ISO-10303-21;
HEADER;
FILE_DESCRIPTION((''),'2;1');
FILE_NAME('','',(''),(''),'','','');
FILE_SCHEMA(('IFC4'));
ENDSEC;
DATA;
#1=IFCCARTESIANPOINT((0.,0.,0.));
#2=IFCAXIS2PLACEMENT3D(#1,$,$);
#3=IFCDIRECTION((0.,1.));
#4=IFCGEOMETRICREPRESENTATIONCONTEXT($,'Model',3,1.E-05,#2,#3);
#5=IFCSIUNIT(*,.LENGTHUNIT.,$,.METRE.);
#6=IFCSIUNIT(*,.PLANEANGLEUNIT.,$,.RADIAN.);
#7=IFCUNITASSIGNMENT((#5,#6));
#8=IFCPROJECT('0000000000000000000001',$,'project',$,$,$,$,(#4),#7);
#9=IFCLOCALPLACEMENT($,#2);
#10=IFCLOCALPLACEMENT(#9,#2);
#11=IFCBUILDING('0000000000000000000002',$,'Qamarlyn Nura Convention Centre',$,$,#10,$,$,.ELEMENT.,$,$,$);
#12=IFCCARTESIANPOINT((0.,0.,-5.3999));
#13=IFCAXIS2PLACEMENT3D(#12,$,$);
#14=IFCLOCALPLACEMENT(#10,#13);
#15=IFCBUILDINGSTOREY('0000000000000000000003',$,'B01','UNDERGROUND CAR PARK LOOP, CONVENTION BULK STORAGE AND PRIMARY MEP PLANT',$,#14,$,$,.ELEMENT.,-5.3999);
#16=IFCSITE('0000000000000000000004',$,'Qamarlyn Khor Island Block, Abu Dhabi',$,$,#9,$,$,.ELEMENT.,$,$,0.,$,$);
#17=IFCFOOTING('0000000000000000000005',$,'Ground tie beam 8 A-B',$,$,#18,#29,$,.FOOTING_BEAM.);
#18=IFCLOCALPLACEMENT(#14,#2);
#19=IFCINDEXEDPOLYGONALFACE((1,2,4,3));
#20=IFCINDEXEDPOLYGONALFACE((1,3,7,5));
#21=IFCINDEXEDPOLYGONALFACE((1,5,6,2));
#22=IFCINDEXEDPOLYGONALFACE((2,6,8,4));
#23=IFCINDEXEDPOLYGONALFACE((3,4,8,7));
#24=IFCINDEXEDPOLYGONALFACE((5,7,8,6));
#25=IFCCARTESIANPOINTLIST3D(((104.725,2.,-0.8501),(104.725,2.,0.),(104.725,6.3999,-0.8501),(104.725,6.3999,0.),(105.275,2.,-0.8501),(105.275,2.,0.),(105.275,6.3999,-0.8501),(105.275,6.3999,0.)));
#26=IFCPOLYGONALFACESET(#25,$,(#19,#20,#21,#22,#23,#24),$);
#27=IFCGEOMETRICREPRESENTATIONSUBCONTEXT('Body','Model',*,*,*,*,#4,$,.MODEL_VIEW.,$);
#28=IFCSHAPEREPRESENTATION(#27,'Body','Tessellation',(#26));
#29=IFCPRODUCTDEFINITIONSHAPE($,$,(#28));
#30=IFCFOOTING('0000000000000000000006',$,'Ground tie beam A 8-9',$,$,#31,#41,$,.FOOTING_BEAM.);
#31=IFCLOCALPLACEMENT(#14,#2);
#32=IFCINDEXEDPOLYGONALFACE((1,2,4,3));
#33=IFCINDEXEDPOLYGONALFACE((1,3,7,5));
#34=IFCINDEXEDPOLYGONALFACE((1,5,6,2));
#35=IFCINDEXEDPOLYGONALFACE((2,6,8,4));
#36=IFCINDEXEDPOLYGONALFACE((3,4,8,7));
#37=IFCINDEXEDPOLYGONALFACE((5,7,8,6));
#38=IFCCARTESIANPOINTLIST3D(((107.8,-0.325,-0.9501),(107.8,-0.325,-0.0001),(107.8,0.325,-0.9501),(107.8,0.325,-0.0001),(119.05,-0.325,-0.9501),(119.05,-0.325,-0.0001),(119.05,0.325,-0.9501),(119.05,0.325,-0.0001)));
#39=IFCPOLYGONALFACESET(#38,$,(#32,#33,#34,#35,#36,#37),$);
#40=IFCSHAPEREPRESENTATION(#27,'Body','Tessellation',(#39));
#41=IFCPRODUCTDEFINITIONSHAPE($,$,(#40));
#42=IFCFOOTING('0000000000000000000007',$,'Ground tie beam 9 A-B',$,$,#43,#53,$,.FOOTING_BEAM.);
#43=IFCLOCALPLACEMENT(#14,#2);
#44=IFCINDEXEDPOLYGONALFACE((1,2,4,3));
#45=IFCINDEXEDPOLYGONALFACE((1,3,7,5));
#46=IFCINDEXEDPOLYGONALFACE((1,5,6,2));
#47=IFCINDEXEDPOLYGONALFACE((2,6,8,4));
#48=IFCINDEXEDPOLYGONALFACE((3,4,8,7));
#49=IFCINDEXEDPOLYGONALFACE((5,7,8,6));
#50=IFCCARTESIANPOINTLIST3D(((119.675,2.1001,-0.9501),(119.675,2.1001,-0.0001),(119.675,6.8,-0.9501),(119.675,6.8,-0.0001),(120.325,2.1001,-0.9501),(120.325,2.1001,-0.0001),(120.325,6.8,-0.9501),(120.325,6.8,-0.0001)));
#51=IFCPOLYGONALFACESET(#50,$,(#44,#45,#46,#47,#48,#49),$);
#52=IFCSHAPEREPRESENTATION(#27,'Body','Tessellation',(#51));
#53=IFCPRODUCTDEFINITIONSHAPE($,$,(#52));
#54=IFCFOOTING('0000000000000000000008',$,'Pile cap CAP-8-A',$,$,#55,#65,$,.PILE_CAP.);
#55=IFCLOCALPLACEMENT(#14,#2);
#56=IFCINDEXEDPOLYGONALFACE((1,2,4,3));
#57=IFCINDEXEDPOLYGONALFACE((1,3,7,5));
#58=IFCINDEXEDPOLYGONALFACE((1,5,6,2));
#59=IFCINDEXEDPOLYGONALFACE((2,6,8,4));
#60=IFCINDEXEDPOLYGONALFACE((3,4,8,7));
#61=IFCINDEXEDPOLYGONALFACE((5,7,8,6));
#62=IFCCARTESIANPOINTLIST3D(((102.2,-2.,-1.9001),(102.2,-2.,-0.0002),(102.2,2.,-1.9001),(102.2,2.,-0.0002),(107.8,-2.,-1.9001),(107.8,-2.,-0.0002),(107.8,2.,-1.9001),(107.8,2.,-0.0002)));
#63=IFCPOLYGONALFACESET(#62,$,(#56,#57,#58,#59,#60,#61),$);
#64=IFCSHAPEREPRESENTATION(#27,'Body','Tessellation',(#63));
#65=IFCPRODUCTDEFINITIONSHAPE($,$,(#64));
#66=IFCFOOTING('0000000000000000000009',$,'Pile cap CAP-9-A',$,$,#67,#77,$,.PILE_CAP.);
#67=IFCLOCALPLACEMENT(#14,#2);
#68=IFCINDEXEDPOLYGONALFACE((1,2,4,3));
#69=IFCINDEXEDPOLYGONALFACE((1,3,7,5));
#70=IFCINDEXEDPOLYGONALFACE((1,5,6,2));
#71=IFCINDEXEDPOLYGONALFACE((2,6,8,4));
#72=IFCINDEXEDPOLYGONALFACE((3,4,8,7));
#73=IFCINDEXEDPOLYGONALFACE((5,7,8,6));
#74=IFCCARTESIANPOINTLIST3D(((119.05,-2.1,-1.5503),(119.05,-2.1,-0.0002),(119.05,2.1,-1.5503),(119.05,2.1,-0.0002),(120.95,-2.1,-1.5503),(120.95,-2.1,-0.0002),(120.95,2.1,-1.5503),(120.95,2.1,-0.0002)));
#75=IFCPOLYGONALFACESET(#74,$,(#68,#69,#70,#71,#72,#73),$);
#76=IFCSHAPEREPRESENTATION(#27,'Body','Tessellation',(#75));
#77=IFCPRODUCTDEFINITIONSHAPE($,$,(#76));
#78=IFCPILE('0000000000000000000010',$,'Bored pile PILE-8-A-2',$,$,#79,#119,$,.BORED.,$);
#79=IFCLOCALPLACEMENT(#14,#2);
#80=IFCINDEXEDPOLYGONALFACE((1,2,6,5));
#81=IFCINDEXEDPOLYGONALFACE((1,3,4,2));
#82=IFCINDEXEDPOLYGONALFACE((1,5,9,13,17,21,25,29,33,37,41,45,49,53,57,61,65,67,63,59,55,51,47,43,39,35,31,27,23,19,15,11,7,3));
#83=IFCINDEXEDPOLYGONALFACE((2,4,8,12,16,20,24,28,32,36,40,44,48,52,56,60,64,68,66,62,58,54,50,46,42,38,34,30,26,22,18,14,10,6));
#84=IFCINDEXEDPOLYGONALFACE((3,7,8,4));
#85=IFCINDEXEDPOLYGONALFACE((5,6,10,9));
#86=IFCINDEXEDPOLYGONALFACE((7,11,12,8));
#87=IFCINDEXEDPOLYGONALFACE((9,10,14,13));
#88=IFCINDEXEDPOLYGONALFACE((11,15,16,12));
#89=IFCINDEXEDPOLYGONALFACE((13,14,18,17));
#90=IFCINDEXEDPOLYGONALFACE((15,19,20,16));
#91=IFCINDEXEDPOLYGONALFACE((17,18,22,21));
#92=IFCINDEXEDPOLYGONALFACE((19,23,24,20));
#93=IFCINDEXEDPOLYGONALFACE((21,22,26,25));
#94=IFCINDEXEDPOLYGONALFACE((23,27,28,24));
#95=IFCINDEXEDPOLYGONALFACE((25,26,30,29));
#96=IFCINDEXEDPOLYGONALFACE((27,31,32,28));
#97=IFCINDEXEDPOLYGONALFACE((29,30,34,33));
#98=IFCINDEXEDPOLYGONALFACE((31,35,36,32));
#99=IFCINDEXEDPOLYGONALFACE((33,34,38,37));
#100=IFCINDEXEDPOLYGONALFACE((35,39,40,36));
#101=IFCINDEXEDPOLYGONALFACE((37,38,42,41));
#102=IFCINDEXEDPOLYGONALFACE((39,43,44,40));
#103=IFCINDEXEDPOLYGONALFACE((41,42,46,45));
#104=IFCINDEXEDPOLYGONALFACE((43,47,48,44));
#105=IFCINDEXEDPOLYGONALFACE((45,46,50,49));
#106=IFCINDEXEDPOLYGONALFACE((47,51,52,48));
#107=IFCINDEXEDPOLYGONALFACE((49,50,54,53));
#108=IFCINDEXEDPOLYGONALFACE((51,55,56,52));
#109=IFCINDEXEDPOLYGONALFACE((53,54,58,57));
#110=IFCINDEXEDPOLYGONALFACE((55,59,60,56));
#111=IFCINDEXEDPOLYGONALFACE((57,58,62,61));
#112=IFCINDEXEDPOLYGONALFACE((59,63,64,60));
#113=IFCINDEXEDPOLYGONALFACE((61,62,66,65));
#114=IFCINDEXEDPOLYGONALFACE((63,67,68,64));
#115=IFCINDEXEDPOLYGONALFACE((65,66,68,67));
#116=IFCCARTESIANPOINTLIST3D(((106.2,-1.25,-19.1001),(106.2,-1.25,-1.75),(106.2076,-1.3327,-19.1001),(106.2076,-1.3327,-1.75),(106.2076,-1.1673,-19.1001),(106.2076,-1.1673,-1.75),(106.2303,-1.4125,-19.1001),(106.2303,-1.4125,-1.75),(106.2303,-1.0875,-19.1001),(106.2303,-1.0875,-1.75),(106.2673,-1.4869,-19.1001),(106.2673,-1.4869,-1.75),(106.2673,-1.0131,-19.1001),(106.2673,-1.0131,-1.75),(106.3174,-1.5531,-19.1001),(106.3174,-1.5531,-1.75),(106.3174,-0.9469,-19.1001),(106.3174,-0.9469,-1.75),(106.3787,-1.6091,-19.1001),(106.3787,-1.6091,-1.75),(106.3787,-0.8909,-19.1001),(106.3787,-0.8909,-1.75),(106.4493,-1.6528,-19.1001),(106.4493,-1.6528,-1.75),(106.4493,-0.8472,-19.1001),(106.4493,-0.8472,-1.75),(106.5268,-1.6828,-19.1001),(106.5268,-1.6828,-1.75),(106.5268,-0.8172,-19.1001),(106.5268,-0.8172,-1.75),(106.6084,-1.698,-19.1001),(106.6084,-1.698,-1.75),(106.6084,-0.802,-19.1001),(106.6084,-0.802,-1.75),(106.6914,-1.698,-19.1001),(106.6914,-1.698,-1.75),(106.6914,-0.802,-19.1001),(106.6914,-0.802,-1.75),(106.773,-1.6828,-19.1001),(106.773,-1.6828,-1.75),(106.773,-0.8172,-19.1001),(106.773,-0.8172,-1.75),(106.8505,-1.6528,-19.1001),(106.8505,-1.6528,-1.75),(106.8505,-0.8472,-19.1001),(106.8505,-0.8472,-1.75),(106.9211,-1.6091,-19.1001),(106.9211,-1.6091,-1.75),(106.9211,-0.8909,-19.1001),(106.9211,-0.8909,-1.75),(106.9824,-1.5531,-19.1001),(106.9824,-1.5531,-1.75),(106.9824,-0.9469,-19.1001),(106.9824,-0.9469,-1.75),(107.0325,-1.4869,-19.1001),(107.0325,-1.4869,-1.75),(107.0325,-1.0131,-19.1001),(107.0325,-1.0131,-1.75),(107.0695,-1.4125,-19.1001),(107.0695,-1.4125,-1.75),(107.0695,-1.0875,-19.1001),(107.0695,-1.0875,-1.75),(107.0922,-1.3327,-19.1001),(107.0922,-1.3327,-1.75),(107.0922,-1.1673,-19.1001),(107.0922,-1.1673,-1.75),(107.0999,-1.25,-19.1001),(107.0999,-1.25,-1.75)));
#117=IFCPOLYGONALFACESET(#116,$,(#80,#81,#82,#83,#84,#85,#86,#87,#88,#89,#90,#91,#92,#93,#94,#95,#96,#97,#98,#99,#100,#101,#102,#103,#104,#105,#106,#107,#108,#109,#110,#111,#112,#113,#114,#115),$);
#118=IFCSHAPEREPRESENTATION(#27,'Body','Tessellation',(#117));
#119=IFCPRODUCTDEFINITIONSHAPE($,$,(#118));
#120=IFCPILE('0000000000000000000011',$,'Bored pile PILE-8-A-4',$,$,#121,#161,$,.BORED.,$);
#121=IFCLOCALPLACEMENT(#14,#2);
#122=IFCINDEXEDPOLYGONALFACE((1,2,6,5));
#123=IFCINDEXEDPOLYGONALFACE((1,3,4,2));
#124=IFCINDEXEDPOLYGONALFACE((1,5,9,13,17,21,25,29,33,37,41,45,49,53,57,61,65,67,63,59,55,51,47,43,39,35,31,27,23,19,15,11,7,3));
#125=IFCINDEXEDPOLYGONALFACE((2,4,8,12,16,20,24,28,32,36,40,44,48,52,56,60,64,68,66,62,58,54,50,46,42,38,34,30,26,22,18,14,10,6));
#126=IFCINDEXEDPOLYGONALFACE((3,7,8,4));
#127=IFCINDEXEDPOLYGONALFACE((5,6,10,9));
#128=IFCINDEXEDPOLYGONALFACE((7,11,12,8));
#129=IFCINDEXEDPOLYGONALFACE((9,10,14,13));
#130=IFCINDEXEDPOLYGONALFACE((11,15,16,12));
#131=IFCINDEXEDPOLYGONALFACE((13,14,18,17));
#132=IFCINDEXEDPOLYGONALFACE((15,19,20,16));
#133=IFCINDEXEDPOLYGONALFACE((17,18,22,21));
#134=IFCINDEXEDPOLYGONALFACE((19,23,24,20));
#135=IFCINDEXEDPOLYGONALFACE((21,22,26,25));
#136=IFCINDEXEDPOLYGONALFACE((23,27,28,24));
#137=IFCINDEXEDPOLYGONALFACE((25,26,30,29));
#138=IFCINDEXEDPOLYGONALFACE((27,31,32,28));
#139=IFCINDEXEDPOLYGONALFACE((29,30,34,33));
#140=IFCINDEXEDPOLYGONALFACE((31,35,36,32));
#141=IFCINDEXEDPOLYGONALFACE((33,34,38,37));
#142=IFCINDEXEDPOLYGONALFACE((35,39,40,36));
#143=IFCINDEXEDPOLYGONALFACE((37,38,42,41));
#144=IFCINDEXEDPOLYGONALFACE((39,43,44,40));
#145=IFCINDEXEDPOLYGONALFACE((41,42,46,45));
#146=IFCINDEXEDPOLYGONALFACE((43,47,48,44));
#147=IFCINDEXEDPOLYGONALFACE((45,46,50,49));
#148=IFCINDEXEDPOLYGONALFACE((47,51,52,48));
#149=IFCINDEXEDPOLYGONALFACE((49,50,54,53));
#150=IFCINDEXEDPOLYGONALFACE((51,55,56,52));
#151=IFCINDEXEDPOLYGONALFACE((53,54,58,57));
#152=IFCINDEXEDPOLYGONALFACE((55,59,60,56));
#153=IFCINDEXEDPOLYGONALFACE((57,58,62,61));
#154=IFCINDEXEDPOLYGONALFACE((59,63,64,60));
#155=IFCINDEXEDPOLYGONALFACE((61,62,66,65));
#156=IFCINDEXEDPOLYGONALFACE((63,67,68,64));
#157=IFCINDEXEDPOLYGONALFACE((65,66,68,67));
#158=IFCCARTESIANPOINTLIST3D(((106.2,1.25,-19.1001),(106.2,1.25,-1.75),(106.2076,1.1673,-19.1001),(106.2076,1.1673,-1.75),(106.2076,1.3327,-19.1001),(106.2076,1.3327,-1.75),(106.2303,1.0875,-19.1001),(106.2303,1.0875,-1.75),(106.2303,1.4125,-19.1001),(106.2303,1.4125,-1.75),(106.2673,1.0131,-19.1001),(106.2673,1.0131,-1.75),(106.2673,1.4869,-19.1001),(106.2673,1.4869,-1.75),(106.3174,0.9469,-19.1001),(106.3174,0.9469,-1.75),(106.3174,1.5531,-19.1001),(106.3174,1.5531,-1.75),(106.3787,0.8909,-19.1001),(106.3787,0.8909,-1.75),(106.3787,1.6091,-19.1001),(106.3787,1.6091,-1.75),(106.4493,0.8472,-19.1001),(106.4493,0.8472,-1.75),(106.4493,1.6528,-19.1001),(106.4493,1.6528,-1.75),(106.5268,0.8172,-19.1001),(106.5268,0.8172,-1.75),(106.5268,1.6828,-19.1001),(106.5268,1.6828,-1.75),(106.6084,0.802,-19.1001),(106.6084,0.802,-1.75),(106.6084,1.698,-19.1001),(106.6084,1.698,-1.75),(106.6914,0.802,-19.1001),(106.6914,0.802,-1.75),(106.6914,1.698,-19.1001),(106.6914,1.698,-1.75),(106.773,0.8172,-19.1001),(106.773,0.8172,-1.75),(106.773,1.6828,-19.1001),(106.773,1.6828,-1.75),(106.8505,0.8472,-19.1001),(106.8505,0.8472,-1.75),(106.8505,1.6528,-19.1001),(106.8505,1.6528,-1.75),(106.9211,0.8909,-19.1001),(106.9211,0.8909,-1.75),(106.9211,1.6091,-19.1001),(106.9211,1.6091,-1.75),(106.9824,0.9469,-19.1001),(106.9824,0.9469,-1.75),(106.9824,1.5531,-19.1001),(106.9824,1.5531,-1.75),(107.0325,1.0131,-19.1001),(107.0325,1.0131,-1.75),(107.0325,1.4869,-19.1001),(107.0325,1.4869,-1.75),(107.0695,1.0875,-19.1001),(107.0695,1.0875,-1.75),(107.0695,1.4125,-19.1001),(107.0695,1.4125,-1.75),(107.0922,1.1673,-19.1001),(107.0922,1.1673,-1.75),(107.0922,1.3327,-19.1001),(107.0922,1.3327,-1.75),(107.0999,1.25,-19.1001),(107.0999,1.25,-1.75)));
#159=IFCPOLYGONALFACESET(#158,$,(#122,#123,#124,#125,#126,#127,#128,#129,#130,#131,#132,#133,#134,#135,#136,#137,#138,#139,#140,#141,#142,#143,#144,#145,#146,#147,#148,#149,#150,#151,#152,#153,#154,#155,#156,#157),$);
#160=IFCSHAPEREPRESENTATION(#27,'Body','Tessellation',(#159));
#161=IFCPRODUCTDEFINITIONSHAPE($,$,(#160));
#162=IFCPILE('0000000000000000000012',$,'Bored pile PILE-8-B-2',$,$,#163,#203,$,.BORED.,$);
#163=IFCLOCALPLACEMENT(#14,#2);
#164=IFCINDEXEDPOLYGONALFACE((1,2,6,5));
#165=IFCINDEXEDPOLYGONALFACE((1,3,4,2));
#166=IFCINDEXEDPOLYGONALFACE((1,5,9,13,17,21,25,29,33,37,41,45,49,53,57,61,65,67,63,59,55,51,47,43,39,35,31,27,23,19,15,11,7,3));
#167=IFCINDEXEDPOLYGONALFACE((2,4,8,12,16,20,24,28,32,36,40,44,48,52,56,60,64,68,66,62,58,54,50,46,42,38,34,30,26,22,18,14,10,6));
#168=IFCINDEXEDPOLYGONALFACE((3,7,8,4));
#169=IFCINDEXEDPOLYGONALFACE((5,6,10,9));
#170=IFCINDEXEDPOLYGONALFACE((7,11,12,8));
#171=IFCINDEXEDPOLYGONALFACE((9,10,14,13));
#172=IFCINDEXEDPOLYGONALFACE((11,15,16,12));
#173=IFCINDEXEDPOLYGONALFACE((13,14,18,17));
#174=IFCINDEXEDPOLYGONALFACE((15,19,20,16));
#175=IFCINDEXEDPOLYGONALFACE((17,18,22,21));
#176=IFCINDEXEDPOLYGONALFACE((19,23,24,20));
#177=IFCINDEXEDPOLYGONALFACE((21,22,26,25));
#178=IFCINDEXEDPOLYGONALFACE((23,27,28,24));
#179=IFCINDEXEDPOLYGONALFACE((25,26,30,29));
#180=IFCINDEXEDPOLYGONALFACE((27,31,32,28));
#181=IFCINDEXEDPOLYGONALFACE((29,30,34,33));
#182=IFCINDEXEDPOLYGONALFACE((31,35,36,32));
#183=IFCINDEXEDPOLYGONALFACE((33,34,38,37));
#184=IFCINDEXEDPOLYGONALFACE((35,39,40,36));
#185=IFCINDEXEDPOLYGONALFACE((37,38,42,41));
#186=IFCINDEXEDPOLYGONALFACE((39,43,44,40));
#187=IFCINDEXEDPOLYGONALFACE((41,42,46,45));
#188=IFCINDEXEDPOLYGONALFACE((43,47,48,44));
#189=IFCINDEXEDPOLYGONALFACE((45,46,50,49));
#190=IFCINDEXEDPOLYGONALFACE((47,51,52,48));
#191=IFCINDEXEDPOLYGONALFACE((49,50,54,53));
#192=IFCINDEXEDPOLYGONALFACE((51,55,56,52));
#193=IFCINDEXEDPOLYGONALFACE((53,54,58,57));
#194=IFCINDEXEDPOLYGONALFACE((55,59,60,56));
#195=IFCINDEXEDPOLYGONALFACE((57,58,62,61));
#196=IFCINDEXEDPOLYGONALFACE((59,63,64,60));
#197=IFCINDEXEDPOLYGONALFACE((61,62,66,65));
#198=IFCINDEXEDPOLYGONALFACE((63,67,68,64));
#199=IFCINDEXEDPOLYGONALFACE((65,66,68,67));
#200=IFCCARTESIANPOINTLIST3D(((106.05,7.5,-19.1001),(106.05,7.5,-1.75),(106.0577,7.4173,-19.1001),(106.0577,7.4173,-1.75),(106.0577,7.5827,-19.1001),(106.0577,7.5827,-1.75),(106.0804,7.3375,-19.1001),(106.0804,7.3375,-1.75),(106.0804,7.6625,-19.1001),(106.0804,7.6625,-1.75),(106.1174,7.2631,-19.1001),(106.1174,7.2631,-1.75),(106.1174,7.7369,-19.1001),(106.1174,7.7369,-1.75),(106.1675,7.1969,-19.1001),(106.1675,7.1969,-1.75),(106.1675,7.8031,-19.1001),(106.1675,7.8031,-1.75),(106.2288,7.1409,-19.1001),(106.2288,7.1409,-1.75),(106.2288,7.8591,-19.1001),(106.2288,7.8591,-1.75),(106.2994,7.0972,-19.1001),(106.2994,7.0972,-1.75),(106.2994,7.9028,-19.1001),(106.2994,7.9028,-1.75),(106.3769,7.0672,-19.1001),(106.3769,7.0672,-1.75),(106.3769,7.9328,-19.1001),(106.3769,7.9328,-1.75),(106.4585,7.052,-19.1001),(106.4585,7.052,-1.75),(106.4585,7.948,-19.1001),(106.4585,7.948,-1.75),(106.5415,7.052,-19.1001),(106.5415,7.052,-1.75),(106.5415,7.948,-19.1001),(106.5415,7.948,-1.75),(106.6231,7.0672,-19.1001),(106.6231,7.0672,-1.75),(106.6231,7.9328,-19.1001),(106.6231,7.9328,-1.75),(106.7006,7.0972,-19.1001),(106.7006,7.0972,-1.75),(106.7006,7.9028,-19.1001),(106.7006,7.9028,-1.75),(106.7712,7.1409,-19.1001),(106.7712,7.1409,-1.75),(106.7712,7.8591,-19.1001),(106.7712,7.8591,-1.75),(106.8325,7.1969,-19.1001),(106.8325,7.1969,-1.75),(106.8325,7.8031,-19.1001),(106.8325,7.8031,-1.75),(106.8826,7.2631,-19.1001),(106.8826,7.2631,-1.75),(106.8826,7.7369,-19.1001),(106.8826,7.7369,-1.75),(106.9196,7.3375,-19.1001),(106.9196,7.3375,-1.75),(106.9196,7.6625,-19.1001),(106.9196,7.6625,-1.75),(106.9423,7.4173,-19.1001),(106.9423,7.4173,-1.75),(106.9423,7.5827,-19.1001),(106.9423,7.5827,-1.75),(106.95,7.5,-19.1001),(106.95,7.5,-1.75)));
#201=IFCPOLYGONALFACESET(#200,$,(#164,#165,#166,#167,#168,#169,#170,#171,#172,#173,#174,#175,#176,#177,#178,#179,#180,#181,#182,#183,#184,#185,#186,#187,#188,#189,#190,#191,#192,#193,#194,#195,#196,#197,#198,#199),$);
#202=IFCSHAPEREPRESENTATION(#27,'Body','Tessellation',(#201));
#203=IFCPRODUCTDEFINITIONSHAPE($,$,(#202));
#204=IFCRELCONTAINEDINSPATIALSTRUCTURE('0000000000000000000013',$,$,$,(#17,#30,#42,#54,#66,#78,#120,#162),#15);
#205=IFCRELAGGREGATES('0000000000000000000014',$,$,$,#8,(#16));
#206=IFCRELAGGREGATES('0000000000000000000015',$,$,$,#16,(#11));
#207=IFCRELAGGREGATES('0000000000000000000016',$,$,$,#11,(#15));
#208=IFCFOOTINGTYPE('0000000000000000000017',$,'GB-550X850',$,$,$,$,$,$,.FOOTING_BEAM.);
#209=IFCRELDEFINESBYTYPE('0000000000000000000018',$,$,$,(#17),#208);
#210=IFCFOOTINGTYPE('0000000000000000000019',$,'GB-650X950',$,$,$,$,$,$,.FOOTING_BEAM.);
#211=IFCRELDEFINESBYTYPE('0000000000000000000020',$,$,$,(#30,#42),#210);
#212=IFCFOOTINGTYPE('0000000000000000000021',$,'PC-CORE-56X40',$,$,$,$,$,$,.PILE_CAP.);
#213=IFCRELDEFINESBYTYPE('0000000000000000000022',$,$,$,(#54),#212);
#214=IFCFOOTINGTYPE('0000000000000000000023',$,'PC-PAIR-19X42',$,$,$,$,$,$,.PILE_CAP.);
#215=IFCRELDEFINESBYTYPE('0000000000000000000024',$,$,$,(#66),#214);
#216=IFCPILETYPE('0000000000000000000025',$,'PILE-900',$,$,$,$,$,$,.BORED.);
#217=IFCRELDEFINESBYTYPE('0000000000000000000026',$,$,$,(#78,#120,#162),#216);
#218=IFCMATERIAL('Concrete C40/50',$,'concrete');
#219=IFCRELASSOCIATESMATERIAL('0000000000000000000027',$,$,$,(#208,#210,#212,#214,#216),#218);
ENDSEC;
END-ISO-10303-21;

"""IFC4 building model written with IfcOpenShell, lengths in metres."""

from ifc_helpers import new_model, si_unit, direction, frame, origin, origin_2d, place, context, subcontext, project, spatial, rectangle, circle, extrude, material, material_profile, profile_set, type_object, element, save


model = new_model("IFC4")

# Units and contexts
model_context = context("Model", 3, precision=1e-05, world=origin(), true_north=direction((0.0, 1.0)))
body_context = subcontext(model_context, "Body", "Model", "MODEL_VIEW")
ifc_project = project(units=[si_unit("LENGTHUNIT", "METRE"), si_unit("PLANEANGLEUNIT", "RADIAN")], contexts=[model_context])

# Site, building, storey
site_placement = place(None, origin())
site = spatial("IfcSite", under=ifc_project, at=site_placement, Name="Qamarlyn Khor Island Block, Abu Dhabi", CompositionType="ELEMENT", RefElevation=0.0)
building_placement = place(site_placement, origin())
building = spatial("IfcBuilding", under=site, at=building_placement, Name="Qamarlyn Nura Convention Centre", CompositionType="ELEMENT")
storey_placement = place(building_placement, frame((0.0, 0.0, -5.3999)))
storey = spatial("IfcBuildingStorey", under=building, at=storey_placement, Name="B01", Description="UNDERGROUND CAR PARK LOOP, CONVENTION BULK STORAGE AND PRIMARY MEP PLANT", CompositionType="ELEMENT", Elevation=-5.3999)

# Footings
ifc_material_1 = material(Name="Concrete C40/50", Category="concrete")
ifc_material_profile_1 = material_profile(ifc_material_1, rectangle(XDim=0.55, YDim=0.8501, at=origin_2d()), Name="RC GB 550x850")
ifc_profile_set_1 = profile_set([ifc_material_profile_1], Name="Concrete C40/50")
footing_type_1 = type_object("IfcFootingType", Name="GB-550X850", PredefinedType="FOOTING_BEAM", material=ifc_profile_set_1)
footing_1_placement = place(storey_placement, frame((105.0, 2.0, -0.425), z_axis=(0.0, 1.0, 0.0), x_axis=(-1.0, 0.0, 0.0)))
element("IfcFooting", 1, at=footing_1_placement, inside=storey, type_object=footing_type_1, Name="Ground tie beam 8 A-B", PredefinedType="FOOTING_BEAM", context=body_context, shape_type="SweptSolid", body=[
    extrude(rectangle(XDim=0.55, YDim=0.8501, at=origin_2d()), origin(), (0.0, 0.0, 1.0), 4.3999),
])
ifc_material_profile_2 = material_profile(ifc_material_1, rectangle(XDim=0.6499, YDim=0.95, at=origin_2d()), Name="RC GB 650x950")
ifc_profile_set_2 = profile_set([ifc_material_profile_2], Name="Concrete C40/50")
footing_type_2 = type_object("IfcFootingType", Name="GB-650X950", PredefinedType="FOOTING_BEAM", material=ifc_profile_set_2)
footing_2_placement = place(storey_placement, frame((107.8, 0.0, -0.4751), z_axis=(1.0, 0.0, 0.0), x_axis=(0.0, 1.0, 0.0)))
element("IfcFooting", 2, at=footing_2_placement, inside=storey, type_object=footing_type_2, Name="Ground tie beam A 8-9", PredefinedType="FOOTING_BEAM", context=body_context, shape_type="SweptSolid", body=[
    extrude(rectangle(XDim=0.6499, YDim=0.95, at=origin_2d()), origin(), (0.0, 0.0, 1.0), 11.25),
])
footing_3_placement = place(storey_placement, frame((120.0, 2.1001, -0.4751), z_axis=(0.0, 1.0, 0.0), x_axis=(-1.0, 0.0, 0.0)))
element("IfcFooting", 3, at=footing_3_placement, inside=storey, type_object=footing_type_2, Name="Ground tie beam 9 A-B", PredefinedType="FOOTING_BEAM", context=body_context, shape_type="SweptSolid", body=[
    extrude(rectangle(XDim=0.6499, YDim=0.95, at=origin_2d()), origin(), (0.0, 0.0, 1.0), 4.7),
])
footing_type_3 = type_object("IfcFootingType", Name="PC-CORE-56X40", PredefinedType="PILE_CAP", material=ifc_material_1)
footing_4_placement = place(storey_placement, frame((105.0, 0.0, -1.9001), z_axis=(0.0, 0.0, 1.0), x_axis=(1.0, 0.0, 0.0)))
element("IfcFooting", 4, at=footing_4_placement, inside=storey, type_object=footing_type_3, Name="Pile cap CAP-8-A", PredefinedType="PILE_CAP", context=body_context, shape_type="SweptSolid", body=[
    extrude(rectangle(XDim=5.6001, YDim=4.0, at=origin_2d()), origin(), (0.0, 0.0, 1.0), 1.8999),
])
footing_type_4 = type_object("IfcFootingType", Name="PC-PAIR-19X42", PredefinedType="PILE_CAP", material=ifc_material_1)
footing_5_placement = place(storey_placement, frame((120.0, 0.0, -1.5503), z_axis=(0.0, 0.0, 1.0), x_axis=(1.0, 0.0, 0.0)))
element("IfcFooting", 5, at=footing_5_placement, inside=storey, type_object=footing_type_4, Name="Pile cap CAP-9-A", PredefinedType="PILE_CAP", context=body_context, shape_type="SweptSolid", body=[
    extrude(rectangle(XDim=1.8999, YDim=4.2, at=origin_2d()), origin(), (0.0, 0.0, 1.0), 1.55),
])

# Piles
ifc_material_profile_3 = material_profile(ifc_material_1, circle(Radius=0.45, at=origin_2d()), Name="BORED PILE 900")
ifc_profile_set_3 = profile_set([ifc_material_profile_3], Name="Concrete C40/50")
pile_type = type_object("IfcPileType", Name="PILE-900", PredefinedType="BORED", material=ifc_profile_set_3)
for number, where, z_axis, x_axis, name in (
    (6, (106.6499, -1.25, -1.75), (0.0, 0.0, -1.0), (1.0, 0.0, 0.0), "Bored pile PILE-8-A-2"),
    (7, (106.6499, 1.25, -1.75), (0.0, 0.0, -1.0), (1.0, 0.0, 0.0), "Bored pile PILE-8-A-4"),
    (8, (106.5, 7.5, -1.75), (0.0, 0.0, -1.0), (1.0, 0.0, 0.0), "Bored pile PILE-8-B-2"),
):
    element("IfcPile", number, at=place(storey_placement, frame(where, z_axis=z_axis, x_axis=x_axis)), inside=storey, type_object=pile_type, Name=name, PredefinedType="BORED", context=body_context, shape_type="SweptSolid", body=[
        extrude(circle(Radius=0.45, at=origin_2d()), origin(), (0.0, 0.0, 1.0), 17.3501),
    ])

save(model, "model.ifc")
